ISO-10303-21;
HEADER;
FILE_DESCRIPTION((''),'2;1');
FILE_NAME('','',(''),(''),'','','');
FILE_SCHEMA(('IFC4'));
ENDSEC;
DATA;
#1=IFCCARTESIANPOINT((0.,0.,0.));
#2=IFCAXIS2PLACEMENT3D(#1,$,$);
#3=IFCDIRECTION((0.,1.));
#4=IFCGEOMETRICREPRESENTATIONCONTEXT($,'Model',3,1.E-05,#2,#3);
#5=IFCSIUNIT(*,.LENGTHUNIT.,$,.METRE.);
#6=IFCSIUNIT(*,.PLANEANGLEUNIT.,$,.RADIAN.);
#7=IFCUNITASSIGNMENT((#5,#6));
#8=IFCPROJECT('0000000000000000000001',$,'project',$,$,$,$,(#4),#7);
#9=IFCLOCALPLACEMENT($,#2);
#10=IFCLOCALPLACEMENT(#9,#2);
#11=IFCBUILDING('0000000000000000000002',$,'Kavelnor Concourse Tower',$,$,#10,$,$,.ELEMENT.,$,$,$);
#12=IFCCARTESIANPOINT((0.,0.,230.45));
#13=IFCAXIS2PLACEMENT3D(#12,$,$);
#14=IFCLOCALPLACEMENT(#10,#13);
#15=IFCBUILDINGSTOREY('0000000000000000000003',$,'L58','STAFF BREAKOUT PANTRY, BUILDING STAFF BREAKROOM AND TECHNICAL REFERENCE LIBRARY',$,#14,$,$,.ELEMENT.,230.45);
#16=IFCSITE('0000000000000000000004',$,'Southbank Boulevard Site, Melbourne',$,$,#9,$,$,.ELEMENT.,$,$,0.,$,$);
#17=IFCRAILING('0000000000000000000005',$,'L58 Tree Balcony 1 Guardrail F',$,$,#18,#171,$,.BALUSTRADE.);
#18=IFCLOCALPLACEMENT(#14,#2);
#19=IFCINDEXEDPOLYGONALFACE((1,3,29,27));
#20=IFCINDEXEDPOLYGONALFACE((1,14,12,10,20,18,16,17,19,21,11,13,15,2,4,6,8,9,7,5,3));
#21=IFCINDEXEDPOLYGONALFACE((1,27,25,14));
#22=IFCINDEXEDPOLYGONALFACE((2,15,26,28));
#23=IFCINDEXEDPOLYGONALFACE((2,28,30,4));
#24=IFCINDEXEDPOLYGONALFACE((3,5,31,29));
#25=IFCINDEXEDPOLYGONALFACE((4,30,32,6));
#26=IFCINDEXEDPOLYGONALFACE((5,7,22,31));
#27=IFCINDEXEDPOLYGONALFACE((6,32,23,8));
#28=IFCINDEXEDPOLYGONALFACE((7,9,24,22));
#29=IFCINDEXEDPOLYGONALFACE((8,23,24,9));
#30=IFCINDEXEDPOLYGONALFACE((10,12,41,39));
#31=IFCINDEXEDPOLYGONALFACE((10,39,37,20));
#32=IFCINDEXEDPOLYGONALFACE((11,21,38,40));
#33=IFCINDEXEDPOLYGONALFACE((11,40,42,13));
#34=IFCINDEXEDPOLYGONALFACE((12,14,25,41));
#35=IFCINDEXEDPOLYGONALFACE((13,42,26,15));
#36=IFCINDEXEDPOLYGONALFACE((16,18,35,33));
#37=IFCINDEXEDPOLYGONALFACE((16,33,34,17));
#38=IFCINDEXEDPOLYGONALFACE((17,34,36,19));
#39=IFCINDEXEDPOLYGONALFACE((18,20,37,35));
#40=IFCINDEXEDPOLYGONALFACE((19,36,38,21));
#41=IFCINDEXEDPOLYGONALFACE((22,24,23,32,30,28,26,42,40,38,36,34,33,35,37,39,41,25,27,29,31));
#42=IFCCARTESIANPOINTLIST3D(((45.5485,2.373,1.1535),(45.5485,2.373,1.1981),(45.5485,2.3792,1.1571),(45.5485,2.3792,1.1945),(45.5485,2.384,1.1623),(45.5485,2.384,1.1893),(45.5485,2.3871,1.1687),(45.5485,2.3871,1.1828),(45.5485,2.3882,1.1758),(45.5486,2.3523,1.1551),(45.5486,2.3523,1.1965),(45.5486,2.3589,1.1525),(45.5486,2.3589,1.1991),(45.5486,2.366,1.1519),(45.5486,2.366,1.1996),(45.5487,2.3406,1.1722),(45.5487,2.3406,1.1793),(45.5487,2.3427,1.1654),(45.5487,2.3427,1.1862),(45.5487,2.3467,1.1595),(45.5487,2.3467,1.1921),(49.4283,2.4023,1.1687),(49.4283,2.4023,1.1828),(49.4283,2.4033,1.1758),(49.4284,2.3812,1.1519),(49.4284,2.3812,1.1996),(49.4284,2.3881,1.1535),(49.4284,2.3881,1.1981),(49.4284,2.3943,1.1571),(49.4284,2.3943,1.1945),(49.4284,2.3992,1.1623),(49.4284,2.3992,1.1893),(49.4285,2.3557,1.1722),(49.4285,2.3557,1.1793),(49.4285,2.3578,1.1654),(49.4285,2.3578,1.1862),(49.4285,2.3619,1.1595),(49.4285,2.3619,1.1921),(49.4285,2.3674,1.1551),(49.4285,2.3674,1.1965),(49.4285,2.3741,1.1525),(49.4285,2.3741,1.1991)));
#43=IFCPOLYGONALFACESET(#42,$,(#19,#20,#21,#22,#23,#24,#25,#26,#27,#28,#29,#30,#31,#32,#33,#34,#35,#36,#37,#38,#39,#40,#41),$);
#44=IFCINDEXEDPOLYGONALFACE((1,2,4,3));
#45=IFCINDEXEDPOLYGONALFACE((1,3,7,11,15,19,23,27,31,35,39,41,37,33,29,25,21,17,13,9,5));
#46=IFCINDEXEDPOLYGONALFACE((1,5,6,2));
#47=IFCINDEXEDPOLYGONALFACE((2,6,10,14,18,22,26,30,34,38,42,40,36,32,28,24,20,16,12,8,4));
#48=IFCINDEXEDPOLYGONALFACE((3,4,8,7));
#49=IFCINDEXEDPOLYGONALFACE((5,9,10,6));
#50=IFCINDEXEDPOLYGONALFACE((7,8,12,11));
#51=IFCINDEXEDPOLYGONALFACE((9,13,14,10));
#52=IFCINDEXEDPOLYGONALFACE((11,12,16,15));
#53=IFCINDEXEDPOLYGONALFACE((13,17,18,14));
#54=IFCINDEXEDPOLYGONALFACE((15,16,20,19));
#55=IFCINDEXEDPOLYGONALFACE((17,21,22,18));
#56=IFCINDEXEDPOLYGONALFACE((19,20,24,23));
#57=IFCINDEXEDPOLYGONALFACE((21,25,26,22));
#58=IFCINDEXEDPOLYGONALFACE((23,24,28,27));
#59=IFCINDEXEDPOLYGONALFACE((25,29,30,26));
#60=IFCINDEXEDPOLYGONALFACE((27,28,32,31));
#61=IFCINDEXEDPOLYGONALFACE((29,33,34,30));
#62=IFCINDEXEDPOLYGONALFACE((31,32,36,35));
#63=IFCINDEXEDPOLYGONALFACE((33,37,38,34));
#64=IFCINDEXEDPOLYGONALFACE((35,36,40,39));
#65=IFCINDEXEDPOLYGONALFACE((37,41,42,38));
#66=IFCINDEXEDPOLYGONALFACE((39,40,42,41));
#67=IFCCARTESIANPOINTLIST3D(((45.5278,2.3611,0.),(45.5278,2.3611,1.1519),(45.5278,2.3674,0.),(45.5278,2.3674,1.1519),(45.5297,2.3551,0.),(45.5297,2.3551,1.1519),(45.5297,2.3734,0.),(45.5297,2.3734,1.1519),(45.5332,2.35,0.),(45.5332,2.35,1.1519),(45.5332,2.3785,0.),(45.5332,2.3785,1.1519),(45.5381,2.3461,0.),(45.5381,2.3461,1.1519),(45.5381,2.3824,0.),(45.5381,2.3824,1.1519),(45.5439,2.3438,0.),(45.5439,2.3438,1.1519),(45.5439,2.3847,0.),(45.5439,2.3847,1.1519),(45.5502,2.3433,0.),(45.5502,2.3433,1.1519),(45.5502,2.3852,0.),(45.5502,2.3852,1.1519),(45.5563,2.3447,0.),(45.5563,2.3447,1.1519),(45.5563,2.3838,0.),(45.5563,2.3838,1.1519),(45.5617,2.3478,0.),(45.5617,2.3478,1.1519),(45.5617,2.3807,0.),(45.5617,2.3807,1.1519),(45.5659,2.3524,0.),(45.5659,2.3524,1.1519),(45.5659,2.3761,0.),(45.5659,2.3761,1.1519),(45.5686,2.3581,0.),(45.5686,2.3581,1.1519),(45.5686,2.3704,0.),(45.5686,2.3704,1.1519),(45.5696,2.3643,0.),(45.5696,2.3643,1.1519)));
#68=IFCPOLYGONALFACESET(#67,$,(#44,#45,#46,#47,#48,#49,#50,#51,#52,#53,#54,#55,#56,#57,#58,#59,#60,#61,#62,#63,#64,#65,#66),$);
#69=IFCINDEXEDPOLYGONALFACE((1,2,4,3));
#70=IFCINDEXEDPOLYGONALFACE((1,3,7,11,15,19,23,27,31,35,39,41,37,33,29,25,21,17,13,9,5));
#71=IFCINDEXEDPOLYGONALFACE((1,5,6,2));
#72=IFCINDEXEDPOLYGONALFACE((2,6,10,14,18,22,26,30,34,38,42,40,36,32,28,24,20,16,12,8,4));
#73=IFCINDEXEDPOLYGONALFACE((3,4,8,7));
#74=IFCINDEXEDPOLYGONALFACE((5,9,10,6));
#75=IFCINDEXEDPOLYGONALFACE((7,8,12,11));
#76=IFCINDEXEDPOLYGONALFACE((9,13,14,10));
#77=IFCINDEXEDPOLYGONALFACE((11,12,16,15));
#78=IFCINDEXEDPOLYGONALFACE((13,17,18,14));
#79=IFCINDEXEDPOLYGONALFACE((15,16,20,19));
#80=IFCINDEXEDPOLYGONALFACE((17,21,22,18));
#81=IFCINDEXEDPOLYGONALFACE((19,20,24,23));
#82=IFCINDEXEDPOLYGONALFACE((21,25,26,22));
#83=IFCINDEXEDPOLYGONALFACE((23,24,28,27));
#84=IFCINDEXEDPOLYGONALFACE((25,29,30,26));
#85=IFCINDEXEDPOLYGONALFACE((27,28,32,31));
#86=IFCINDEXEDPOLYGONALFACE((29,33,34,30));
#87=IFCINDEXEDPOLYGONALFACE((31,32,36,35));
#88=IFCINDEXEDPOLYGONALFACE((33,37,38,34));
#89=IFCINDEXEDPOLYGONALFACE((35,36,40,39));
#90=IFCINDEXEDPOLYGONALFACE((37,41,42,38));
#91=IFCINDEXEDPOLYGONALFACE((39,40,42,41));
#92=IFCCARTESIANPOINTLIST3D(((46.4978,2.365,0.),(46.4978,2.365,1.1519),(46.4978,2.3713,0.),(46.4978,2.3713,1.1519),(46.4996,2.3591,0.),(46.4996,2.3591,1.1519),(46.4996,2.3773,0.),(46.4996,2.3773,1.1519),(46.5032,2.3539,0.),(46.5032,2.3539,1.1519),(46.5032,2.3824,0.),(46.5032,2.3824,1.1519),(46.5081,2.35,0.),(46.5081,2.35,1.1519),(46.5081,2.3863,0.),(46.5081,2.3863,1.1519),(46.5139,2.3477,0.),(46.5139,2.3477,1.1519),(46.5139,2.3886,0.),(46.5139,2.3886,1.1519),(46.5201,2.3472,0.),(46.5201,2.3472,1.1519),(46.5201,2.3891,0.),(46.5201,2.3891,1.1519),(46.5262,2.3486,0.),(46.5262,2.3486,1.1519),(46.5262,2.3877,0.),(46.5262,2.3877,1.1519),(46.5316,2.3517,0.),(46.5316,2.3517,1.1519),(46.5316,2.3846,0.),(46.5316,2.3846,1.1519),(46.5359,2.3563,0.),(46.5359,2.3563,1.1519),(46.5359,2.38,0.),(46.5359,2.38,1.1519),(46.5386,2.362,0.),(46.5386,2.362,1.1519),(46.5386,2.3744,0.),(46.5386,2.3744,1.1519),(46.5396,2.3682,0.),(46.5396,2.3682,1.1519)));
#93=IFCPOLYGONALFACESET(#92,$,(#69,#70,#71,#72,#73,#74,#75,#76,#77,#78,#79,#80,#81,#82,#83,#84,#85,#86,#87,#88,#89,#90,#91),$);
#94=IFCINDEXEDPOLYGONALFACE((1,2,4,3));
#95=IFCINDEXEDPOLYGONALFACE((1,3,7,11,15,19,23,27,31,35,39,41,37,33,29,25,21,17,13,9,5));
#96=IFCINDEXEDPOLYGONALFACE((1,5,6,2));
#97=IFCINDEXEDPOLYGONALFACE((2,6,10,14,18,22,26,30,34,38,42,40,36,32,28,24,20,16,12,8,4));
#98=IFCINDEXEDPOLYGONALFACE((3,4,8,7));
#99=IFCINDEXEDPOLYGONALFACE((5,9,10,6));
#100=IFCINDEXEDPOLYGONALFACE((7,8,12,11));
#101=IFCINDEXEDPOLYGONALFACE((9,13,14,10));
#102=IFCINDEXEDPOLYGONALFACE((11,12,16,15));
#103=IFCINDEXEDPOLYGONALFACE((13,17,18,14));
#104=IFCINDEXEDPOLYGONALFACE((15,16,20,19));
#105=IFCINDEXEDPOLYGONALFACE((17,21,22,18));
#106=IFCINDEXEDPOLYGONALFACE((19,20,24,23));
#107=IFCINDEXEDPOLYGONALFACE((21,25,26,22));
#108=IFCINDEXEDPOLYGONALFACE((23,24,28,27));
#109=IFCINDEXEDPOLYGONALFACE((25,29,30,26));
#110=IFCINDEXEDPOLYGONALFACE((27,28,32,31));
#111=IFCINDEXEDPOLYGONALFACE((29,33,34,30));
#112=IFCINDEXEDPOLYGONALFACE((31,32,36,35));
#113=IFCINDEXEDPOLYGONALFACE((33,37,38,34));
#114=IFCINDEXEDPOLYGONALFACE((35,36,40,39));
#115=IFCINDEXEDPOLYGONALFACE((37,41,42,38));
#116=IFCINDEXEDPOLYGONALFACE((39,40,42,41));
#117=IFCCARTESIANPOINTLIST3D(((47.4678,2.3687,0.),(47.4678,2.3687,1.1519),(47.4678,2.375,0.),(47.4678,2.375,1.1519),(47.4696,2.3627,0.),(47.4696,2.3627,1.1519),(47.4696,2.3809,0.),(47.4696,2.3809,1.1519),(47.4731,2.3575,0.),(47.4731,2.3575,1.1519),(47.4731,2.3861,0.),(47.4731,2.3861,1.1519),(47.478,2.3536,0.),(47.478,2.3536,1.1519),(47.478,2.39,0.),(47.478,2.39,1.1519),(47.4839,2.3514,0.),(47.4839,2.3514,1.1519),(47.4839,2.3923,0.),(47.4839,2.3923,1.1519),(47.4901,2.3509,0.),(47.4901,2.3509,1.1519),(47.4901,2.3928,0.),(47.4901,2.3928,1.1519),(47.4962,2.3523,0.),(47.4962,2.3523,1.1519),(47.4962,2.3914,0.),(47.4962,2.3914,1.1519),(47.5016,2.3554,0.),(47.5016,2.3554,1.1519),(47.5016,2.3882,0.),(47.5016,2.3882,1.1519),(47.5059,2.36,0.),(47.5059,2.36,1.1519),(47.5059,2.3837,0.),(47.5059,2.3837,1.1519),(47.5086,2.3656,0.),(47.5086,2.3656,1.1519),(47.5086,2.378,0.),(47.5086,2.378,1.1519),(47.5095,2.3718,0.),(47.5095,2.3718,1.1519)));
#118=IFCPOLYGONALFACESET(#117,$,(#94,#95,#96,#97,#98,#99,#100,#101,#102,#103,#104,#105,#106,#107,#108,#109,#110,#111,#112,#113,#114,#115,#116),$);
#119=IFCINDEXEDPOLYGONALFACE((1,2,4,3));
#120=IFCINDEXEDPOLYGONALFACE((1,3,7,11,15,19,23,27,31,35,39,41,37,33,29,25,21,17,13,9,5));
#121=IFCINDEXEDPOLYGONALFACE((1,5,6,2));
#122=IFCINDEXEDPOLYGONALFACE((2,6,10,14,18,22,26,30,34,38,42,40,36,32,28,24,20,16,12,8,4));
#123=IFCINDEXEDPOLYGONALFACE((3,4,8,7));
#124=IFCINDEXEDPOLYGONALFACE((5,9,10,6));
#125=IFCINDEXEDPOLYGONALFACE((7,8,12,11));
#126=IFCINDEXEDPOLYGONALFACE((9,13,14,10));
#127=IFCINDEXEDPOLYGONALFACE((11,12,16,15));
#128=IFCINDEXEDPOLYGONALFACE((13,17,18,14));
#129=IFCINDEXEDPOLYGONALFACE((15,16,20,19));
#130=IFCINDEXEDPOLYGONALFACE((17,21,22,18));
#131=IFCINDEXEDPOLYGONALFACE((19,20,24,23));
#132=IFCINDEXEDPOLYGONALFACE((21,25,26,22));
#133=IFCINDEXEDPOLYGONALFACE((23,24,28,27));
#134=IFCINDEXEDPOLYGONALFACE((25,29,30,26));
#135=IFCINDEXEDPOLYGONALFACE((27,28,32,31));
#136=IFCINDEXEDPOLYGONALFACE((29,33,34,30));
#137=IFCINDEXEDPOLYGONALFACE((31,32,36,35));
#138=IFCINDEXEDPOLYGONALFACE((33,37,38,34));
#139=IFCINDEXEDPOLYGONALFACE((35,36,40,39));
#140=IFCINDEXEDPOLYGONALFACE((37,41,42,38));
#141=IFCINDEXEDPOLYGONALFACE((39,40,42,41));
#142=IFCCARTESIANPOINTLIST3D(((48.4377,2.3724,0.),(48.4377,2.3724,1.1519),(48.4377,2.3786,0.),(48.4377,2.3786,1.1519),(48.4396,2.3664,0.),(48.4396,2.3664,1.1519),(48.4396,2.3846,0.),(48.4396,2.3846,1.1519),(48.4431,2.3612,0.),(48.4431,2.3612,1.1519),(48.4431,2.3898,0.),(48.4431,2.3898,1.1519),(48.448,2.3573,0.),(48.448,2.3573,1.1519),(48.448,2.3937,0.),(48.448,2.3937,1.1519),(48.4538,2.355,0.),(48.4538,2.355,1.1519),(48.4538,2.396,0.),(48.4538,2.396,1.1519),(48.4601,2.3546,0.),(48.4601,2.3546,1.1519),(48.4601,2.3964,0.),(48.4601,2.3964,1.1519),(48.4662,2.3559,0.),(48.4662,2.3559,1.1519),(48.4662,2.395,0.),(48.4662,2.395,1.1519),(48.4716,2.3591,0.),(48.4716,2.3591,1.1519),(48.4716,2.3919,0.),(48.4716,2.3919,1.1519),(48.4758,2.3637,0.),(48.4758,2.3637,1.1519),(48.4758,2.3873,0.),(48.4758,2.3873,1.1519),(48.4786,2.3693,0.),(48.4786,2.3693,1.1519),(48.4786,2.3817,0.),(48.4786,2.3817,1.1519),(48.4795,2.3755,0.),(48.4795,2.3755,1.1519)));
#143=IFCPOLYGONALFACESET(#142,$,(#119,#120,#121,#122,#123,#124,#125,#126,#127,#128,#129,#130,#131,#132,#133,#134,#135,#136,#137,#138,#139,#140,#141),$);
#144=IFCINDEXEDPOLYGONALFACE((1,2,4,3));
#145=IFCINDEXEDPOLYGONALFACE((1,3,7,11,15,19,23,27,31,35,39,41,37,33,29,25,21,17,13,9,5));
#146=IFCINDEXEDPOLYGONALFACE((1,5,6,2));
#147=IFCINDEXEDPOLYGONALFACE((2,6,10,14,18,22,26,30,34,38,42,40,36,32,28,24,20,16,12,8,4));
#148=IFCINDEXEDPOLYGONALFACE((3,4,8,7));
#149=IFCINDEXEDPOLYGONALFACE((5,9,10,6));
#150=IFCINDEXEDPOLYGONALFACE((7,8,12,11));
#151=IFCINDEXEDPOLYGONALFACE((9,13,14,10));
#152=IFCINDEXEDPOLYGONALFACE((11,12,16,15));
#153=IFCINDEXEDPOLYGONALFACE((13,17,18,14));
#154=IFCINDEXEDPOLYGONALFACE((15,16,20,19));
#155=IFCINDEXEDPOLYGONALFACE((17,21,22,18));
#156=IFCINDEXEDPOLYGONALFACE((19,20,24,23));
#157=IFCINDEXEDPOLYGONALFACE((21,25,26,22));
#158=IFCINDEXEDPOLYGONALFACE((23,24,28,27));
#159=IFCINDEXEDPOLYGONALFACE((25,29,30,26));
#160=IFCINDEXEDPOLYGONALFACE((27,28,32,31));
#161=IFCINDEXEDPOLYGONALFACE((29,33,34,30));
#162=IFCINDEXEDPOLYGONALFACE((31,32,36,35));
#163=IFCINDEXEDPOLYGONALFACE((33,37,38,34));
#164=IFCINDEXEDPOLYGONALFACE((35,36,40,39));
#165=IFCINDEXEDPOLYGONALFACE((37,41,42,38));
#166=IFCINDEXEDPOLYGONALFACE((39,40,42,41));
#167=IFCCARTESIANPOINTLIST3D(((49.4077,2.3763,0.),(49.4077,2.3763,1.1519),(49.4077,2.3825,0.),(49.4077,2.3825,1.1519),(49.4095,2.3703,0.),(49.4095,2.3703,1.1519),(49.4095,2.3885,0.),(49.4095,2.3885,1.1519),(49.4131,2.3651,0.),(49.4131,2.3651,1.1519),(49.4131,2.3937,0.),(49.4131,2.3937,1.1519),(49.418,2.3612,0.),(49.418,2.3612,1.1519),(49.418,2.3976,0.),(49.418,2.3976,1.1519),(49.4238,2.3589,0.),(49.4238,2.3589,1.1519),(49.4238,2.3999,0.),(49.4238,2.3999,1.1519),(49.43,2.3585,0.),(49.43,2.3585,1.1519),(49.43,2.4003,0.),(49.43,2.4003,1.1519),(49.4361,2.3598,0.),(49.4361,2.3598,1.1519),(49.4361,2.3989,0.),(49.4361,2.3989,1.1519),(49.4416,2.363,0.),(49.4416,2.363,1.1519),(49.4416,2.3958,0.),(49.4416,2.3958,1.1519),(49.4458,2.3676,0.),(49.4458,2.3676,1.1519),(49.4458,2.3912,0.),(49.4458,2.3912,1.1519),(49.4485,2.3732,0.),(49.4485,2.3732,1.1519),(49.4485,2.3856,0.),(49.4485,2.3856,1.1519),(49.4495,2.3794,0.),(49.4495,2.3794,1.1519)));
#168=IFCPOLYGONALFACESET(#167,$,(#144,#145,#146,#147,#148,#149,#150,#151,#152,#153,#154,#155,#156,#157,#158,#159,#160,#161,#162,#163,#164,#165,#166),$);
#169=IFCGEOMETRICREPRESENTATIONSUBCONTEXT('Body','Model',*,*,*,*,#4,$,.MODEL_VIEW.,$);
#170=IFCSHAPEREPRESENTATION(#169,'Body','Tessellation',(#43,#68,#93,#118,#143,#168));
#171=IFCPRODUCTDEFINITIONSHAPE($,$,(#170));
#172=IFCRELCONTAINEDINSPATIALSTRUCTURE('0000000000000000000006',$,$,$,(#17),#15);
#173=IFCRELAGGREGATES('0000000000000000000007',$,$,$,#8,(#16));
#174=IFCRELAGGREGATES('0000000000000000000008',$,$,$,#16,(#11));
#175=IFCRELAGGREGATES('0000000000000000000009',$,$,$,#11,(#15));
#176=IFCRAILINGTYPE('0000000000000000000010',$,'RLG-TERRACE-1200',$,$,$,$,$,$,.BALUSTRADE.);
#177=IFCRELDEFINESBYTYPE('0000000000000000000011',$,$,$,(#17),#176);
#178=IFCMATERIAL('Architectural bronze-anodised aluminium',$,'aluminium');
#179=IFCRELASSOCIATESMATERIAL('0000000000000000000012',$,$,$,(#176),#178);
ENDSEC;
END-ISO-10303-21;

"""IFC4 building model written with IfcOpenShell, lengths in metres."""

from ifc_helpers import new_model, si_unit, direction, frame, origin, origin_2d, place, context, subcontext, project, spatial, circle, extrude, material, type_object, element, save


model = new_model("IFC4")

# Units and contexts
model_context = context("Model", 3, precision=1e-05, world=origin(), true_north=direction((0.0, 1.0)))
body_context = subcontext(model_context, "Body", "Model", "MODEL_VIEW")
ifc_project = project(units=[si_unit("LENGTHUNIT", "METRE"), si_unit("PLANEANGLEUNIT", "RADIAN")], contexts=[model_context])

# Site, building, storey
site_placement = place(None, origin())
site = spatial("IfcSite", under=ifc_project, at=site_placement, Name="Southbank Boulevard Site, Melbourne", CompositionType="ELEMENT", RefElevation=0.0)
building_placement = place(site_placement, origin())
building = spatial("IfcBuilding", under=site, at=building_placement, Name="Kavelnor Concourse Tower", CompositionType="ELEMENT")
storey_placement = place(building_placement, frame((0.0, 0.0, 230.45)))
storey = spatial("IfcBuildingStorey", under=building, at=storey_placement, Name="L58", Description="STAFF BREAKOUT PANTRY, BUILDING STAFF BREAKROOM AND TECHNICAL REFERENCE LIBRARY", CompositionType="ELEMENT", Elevation=230.45)

# Railing
ifc_material_1 = material(Name="Architectural bronze-anodised aluminium", Category="aluminium")
railing_type_1 = type_object("IfcRailingType", Name="RLG-TERRACE-1200", PredefinedType="BALUSTRADE", material=ifc_material_1)
railing_1_placement = place(storey_placement, frame((45.5486, 2.3643, 0.0)))
element("IfcRailing", 1, at=railing_1_placement, inside=storey, type_object=railing_type_1, Name="L58 Tree Balcony 1 Guardrail F", PredefinedType="BALUSTRADE", context=body_context, shape_type="SweptSolid", body=[
    extrude(circle(Radius=0.0239, at=origin_2d()), frame((0.0, 0.0, 1.1758), z_axis=(0.999992, 0.003901, 0.0), x_axis=(-0.003901, 0.999992, 0.0)), (0.0, 0.0, 1.0), 3.8799),
    extrude(circle(Radius=0.021, at=origin_2d()), origin(), (0.0, 0.0, 1.0), 1.1519),
    extrude(circle(Radius=0.021, at=origin_2d()), frame((0.97, 0.0039, 0.0)), (0.0, 0.0, 1.0), 1.1519),
    extrude(circle(Radius=0.021, at=origin_2d()), frame((1.9399, 0.0076, 0.0)), (0.0, 0.0, 1.0), 1.1519),
    extrude(circle(Radius=0.021, at=origin_2d()), frame((2.9099, 0.0112, 0.0)), (0.0, 0.0, 1.0), 1.1519),
    extrude(circle(Radius=0.021, at=origin_2d()), frame((3.8799, 0.0151, 0.0)), (0.0, 0.0, 1.0), 1.1519),
])

save(model, "model.ifc")
